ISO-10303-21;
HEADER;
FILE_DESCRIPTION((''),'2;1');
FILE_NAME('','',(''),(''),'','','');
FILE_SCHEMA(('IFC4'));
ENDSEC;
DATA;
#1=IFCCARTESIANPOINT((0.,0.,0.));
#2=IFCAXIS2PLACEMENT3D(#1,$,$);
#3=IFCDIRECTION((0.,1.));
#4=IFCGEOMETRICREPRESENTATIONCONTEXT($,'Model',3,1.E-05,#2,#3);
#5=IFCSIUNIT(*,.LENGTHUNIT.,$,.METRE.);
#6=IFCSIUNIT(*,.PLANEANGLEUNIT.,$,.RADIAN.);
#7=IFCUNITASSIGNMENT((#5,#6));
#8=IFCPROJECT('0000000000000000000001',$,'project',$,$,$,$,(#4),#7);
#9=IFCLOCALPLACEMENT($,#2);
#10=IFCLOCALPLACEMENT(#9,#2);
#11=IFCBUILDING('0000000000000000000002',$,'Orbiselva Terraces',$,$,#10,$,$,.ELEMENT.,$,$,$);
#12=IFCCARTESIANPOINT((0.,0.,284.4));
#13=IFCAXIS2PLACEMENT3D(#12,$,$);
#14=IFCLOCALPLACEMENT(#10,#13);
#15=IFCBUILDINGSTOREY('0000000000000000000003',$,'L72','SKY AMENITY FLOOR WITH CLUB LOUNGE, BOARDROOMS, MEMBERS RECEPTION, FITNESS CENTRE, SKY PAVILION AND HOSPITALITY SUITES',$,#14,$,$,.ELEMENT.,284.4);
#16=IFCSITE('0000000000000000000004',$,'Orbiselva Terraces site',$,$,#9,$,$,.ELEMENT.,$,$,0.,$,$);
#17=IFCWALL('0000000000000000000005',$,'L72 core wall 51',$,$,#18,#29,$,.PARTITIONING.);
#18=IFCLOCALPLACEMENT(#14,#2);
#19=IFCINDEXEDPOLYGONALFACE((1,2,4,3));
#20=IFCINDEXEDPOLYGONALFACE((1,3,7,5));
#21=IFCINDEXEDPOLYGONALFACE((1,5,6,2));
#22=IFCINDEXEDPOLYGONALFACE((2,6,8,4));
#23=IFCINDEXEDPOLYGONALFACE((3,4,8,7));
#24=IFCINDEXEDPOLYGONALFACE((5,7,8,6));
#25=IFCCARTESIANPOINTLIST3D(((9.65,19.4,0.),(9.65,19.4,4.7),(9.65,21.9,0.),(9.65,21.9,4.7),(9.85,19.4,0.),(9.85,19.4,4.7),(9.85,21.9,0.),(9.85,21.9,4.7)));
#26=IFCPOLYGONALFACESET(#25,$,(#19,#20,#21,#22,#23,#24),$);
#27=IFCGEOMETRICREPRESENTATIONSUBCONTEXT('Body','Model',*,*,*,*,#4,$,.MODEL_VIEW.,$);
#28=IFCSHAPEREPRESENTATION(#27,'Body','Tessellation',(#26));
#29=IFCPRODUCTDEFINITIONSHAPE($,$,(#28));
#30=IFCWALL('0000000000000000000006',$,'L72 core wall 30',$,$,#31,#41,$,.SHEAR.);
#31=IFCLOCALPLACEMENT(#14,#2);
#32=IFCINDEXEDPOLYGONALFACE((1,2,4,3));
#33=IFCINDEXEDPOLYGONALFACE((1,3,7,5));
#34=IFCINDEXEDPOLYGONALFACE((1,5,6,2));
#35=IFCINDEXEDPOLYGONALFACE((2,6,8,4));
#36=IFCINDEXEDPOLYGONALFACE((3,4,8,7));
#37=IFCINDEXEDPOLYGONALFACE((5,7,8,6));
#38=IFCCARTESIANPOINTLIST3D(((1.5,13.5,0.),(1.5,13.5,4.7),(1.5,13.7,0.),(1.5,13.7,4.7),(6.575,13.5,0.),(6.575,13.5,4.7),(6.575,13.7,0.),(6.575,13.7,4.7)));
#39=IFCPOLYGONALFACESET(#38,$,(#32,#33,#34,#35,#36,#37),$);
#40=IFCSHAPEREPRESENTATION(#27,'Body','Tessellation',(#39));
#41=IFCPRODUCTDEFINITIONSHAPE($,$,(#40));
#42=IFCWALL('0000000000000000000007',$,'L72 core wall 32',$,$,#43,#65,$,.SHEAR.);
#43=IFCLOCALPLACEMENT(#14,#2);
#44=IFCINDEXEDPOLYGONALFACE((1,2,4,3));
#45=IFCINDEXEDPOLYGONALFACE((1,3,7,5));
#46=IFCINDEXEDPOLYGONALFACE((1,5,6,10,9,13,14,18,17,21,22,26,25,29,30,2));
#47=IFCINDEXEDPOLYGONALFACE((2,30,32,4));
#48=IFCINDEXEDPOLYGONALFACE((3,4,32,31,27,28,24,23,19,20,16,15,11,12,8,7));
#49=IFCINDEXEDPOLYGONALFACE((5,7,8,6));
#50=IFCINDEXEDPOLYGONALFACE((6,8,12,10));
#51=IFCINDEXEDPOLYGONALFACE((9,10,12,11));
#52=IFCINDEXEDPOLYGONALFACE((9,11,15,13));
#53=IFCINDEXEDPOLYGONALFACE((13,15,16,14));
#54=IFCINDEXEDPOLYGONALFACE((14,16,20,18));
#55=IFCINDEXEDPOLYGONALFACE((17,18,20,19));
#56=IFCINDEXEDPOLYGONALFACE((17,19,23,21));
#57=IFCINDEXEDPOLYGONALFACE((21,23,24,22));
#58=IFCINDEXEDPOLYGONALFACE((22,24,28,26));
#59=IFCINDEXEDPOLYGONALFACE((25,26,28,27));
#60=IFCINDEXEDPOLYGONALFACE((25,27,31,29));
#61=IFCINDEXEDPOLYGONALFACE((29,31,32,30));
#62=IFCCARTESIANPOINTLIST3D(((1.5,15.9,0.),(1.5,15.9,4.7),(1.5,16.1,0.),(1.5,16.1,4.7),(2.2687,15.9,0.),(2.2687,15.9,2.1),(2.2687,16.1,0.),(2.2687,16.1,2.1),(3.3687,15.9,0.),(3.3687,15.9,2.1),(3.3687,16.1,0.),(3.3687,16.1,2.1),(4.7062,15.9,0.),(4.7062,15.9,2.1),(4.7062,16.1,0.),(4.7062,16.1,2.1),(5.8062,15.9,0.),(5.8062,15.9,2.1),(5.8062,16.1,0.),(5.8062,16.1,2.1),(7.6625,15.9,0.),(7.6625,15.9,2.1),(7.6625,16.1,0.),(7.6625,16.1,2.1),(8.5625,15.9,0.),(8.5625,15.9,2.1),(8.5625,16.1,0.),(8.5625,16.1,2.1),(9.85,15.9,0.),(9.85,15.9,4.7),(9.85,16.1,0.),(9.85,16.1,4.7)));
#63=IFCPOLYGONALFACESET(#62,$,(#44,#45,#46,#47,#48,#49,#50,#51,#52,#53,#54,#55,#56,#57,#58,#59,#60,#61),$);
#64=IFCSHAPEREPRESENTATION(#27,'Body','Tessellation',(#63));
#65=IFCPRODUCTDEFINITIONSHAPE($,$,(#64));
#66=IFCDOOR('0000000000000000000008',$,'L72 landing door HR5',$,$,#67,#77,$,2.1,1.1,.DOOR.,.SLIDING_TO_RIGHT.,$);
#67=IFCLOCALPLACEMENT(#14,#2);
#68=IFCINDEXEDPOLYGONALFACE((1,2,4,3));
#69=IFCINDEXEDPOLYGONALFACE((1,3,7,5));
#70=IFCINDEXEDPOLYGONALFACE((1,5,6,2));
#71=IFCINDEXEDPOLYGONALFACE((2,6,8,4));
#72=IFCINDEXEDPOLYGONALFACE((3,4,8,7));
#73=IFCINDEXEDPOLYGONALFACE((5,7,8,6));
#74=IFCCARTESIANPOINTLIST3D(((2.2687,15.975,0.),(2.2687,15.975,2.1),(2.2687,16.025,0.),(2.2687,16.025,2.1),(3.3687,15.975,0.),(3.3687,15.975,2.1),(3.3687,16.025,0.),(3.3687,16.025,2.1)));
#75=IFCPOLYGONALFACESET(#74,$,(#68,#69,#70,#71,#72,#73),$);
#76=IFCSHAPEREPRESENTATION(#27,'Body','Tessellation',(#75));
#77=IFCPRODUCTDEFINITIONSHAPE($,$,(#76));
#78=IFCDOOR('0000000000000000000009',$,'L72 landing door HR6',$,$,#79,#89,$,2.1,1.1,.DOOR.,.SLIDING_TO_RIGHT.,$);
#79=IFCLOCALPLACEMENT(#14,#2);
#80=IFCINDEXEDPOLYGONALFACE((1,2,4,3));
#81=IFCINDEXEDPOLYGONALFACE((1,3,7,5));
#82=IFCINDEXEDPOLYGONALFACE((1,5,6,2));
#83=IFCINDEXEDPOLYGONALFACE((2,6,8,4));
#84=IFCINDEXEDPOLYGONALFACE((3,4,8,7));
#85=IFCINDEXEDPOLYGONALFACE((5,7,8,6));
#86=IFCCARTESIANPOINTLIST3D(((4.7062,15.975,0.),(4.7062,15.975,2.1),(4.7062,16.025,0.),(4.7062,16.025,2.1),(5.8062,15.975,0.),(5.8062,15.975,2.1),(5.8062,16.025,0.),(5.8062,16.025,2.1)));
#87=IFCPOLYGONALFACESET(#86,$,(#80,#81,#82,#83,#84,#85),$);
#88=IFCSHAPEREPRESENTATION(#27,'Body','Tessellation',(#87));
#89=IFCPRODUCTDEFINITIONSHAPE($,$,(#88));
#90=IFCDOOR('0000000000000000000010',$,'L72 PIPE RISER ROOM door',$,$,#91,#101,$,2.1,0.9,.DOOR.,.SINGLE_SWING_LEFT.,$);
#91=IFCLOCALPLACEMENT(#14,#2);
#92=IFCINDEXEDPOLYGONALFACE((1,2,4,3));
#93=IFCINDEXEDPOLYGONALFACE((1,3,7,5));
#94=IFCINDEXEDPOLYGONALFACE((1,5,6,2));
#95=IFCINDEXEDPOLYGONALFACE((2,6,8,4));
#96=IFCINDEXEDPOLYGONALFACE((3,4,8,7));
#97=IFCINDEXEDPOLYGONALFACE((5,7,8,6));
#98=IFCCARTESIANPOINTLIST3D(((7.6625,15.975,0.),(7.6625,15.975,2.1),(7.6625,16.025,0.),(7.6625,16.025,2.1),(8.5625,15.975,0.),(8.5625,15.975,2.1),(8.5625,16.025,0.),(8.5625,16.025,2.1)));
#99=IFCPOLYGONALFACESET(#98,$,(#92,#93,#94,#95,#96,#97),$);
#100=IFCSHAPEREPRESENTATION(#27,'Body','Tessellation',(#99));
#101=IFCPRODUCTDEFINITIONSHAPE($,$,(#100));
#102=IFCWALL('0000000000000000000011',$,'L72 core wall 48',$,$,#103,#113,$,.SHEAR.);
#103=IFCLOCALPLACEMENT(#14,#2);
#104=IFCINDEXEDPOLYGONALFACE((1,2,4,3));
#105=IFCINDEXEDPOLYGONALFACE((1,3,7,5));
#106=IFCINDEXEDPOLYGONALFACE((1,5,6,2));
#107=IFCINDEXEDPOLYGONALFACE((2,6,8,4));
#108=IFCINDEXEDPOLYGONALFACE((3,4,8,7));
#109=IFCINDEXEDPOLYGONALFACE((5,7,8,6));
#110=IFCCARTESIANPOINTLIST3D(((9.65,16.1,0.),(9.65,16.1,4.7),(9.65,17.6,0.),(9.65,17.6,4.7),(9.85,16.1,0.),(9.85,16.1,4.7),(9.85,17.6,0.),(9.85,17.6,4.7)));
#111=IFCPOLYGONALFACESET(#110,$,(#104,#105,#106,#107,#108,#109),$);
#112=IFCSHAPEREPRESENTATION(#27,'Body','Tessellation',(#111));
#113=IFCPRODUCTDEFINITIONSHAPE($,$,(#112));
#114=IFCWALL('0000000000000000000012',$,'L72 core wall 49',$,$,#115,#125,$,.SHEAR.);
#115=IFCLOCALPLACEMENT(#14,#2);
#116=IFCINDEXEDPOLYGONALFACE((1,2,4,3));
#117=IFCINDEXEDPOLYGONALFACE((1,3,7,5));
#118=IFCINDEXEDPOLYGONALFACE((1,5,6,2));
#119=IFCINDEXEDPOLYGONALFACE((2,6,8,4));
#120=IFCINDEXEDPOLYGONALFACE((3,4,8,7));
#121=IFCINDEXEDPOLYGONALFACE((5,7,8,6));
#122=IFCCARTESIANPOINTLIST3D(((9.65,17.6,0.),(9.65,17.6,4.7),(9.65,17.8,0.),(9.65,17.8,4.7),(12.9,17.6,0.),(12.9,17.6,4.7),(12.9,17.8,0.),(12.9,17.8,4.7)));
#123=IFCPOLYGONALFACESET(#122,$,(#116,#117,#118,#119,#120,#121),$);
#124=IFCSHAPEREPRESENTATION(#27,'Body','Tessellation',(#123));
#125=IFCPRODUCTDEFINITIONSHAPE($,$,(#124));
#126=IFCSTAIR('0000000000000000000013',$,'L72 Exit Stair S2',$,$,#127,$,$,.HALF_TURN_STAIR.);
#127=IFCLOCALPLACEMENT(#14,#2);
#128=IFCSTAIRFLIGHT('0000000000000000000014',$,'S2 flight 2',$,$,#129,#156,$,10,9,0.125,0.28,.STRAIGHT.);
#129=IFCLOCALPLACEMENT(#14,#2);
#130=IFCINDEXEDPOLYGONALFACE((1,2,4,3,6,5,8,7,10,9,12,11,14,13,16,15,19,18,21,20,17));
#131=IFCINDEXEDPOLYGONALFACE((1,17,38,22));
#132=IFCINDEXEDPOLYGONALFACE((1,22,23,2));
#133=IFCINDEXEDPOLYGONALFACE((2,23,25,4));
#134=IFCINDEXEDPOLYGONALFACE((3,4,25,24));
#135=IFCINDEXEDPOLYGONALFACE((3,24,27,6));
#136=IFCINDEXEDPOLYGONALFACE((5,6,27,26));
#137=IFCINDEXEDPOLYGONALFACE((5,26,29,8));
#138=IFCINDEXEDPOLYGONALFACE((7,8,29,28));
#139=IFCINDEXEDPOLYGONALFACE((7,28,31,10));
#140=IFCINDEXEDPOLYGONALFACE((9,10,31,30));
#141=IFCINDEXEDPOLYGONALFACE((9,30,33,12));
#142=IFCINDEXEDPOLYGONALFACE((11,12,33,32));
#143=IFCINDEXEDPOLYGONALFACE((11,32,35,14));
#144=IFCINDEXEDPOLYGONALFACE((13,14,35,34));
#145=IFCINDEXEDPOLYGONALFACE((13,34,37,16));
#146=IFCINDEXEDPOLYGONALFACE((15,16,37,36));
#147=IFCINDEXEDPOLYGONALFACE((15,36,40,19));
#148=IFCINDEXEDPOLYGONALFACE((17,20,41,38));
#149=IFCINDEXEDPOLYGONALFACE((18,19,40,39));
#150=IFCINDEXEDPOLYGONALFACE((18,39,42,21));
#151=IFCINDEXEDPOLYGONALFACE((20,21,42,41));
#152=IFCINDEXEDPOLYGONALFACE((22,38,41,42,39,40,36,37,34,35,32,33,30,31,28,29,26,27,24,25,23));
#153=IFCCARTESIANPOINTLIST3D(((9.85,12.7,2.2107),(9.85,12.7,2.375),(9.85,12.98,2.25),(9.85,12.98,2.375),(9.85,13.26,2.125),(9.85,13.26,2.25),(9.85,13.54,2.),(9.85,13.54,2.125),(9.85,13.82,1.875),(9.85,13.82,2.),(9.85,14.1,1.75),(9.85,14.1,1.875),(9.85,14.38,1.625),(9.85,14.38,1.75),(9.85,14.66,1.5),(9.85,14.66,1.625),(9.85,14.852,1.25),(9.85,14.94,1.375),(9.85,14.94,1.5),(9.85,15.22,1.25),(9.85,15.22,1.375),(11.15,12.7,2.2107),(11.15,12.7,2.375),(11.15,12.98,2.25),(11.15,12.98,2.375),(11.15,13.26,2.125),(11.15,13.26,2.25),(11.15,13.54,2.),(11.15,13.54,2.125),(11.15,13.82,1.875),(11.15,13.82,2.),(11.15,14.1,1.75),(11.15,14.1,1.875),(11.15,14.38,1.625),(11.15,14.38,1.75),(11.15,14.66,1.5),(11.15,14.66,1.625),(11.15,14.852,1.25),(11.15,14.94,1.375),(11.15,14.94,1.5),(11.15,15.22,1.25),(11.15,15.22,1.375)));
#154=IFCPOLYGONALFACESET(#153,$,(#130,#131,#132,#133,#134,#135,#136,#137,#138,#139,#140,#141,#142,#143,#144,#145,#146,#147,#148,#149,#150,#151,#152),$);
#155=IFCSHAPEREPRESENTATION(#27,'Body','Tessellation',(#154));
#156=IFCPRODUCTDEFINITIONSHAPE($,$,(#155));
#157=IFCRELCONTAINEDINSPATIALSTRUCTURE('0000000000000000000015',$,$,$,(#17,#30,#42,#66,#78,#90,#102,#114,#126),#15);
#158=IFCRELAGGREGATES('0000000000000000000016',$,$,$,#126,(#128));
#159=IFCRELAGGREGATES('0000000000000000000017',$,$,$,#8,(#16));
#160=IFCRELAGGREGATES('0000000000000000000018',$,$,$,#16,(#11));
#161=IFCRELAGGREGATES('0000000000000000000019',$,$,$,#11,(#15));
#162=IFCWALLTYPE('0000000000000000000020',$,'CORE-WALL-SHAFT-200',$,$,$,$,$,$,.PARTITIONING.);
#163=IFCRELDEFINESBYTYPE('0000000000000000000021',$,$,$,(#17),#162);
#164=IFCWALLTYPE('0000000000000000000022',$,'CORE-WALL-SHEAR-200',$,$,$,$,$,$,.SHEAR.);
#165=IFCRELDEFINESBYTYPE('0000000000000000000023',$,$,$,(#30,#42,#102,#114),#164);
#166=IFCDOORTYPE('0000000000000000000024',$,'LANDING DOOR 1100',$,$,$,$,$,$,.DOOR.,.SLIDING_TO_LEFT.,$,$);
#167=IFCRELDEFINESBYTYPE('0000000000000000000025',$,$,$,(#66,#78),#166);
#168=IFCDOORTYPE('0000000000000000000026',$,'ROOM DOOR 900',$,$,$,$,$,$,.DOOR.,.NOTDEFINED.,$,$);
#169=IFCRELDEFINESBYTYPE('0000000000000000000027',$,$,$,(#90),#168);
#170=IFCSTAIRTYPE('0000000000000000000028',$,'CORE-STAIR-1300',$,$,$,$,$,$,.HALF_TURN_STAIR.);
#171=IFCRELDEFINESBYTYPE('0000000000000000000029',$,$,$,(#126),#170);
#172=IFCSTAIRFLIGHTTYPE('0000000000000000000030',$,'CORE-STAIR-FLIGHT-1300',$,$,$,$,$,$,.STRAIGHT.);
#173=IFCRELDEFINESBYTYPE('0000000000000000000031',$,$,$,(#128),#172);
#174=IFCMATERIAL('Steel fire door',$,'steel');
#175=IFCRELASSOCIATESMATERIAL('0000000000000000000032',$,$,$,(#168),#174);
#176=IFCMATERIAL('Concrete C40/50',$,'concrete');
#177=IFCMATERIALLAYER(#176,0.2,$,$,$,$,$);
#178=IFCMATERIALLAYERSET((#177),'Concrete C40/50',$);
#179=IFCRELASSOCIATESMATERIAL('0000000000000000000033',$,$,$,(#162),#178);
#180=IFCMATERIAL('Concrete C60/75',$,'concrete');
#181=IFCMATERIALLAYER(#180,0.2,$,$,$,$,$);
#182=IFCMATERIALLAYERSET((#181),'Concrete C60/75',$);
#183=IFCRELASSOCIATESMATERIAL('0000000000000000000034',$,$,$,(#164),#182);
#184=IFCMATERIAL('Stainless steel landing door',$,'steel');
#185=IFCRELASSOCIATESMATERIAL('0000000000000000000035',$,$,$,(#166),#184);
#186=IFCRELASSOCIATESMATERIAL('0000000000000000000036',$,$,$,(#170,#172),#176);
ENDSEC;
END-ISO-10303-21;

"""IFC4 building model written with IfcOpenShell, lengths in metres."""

from ifc_helpers import new_model, si_unit, direction, frame, frame_2d, origin, place, context, subcontext, project, spatial, polyline, rectangle, outline, extrude, material, layer, layer_set, type_object, element, fill, aggregate, save


model = new_model("IFC4")

# Units and contexts
model_context = context("Model", 3, precision=1e-05, world=origin(), true_north=direction((0.0, 1.0)))
body_context = subcontext(model_context, "Body", "Model", "MODEL_VIEW")
ifc_project = project(units=[si_unit("LENGTHUNIT", "METRE"), si_unit("PLANEANGLEUNIT", "RADIAN")], contexts=[model_context])

# Site, building, storey
site_placement = place(None, origin())
site = spatial("IfcSite", under=ifc_project, at=site_placement, Name="Orbiselva Terraces site", CompositionType="ELEMENT", RefElevation=0.0)
building_placement = place(site_placement, origin())
building = spatial("IfcBuilding", under=site, at=building_placement, Name="Orbiselva Terraces", CompositionType="ELEMENT")
storey_placement = place(building_placement, frame((0.0, 0.0, 284.4)))
storey = spatial("IfcBuildingStorey", under=building, at=storey_placement, Name="L72", Description="SKY AMENITY FLOOR WITH CLUB LOUNGE, BOARDROOMS, MEMBERS RECEPTION, FITNESS CENTRE, SKY PAVILION AND HOSPITALITY SUITES", CompositionType="ELEMENT", Elevation=284.4)

# Shared definitions
ifc_material_1 = material(Name="Steel fire door", Category="steel")
door_type_1 = type_object("IfcDoorType", Name="ROOM DOOR 900", OperationType="NOTDEFINED", PredefinedType="DOOR", material=ifc_material_1)

# Walls
ifc_material_2 = material(Name="Concrete C40/50", Category="concrete")
ifc_layer_1 = layer(ifc_material_2, 0.2)
ifc_layer_set_1 = layer_set([ifc_layer_1], Name="Concrete C40/50")
wall_type_1 = type_object("IfcWallType", Name="CORE-WALL-SHAFT-200", PredefinedType="PARTITIONING", material=ifc_layer_set_1)
for number, where, z_axis, x_axis, name in (
    (1, (9.75, 19.4, 0.0), (0.0, 0.0, 1.0), (0.0, 1.0, 0.0), "L72 core wall 51"),
):
    element("IfcWall", number, at=place(storey_placement, frame(where, z_axis=z_axis, x_axis=x_axis)), inside=storey, type_object=wall_type_1, Name=name, PredefinedType="PARTITIONING", context=body_context, shape_type="SweptSolid", body=[
        extrude(rectangle(XDim=2.5, YDim=0.2, at=frame_2d((1.25, 0.0))), origin(), (0.0, 0.0, 1.0), 4.7),
    ])
ifc_material_3 = material(Name="Concrete C60/75", Category="concrete")
ifc_layer_2 = layer(ifc_material_3, 0.2)
ifc_layer_set_2 = layer_set([ifc_layer_2], Name="Concrete C60/75")
wall_type_2 = type_object("IfcWallType", Name="CORE-WALL-SHEAR-200", PredefinedType="SHEAR", material=ifc_layer_set_2)
wall_1_placement = place(storey_placement, frame((1.5, 13.6, 0.0), z_axis=(0.0, 0.0, 1.0), x_axis=(1.0, 0.0, 0.0)))
element("IfcWall", 2, at=wall_1_placement, inside=storey, type_object=wall_type_2, Name="L72 core wall 30", PredefinedType="SHEAR", context=body_context, shape_type="SweptSolid", body=[
    extrude(rectangle(XDim=5.075, YDim=0.2, at=frame_2d((2.5375, 0.0))), origin(), (0.0, 0.0, 1.0), 4.7),
])

# Wall, openings, doors
wall_2_placement = place(storey_placement, frame((9.85, 16.0, 0.0), z_axis=(0.0, 0.0, 1.0), x_axis=(-1.0, 0.0, 0.0)))
wall_2 = element("IfcWall", 3, at=wall_2_placement, inside=storey, type_object=wall_type_2, Name="L72 core wall 32", PredefinedType="SHEAR", context=body_context, shape_type="SweptSolid", body=[
    extrude(rectangle(XDim=8.35, YDim=0.2, at=frame_2d((4.175, 0.0))), origin(), (0.0, 0.0, 1.0), 4.7),
])
opening_1_placement = place(wall_2_placement, frame((6.4813, 0.0, 0.0)))
opening_1 = element("IfcOpeningElement", 4, at=opening_1_placement, cuts=wall_2, PredefinedType="OPENING", context=body_context, shape_type="SweptSolid", body=[
    extrude(rectangle(XDim=1.1, YDim=2.1, at=frame_2d((0.55, 1.05))), frame((0.0, 0.11, 0.0), z_axis=(0.0, -1.0, 0.0), x_axis=(1.0, 0.0, 0.0)), (0.0, 0.0, 1.0), 0.22),
])
opening_2_placement = place(wall_2_placement, frame((4.0438, 0.0, 0.0)))
opening_2 = element("IfcOpeningElement", 5, at=opening_2_placement, cuts=wall_2, PredefinedType="OPENING", context=body_context, shape_type="SweptSolid", body=[
    extrude(rectangle(XDim=1.1, YDim=2.1, at=frame_2d((0.55, 1.05))), frame((0.0, 0.11, 0.0), z_axis=(0.0, -1.0, 0.0), x_axis=(1.0, 0.0, 0.0)), (0.0, 0.0, 1.0), 0.22),
])
opening_3_placement = place(wall_2_placement, frame((1.2875, 0.0, 0.0)))
opening_3 = element("IfcOpeningElement", 6, at=opening_3_placement, cuts=wall_2, PredefinedType="OPENING", context=body_context, shape_type="SweptSolid", body=[
    extrude(rectangle(XDim=0.9, YDim=2.1, at=frame_2d((0.45, 1.05))), frame((0.0, 0.11, 0.0), z_axis=(0.0, -1.0, 0.0), x_axis=(1.0, 0.0, 0.0)), (0.0, 0.0, 1.0), 0.22),
])
ifc_material_4 = material(Name="Stainless steel landing door", Category="steel")
door_type_2 = type_object("IfcDoorType", Name="LANDING DOOR 1100", OperationType="SLIDING_TO_LEFT", PredefinedType="DOOR", material=ifc_material_4)
door_1_placement = place(opening_1_placement, origin())
door_1 = element("IfcDoor", 7, at=door_1_placement, inside=storey, type_object=door_type_2, Name="L72 landing door HR5", OperationType="SLIDING_TO_RIGHT", OverallHeight=2.1, OverallWidth=1.1, PredefinedType="DOOR", context=body_context, shape_type="SweptSolid", body=[
    extrude(rectangle(XDim=1.1, YDim=2.1, at=frame_2d((0.55, 1.05))), frame((0.0, 0.025, 0.0), z_axis=(0.0, -1.0, 0.0), x_axis=(1.0, 0.0, 0.0)), (0.0, 0.0, 1.0), 0.05),
])
fill(opening_1, door_1)
door_2_placement = place(opening_2_placement, origin())
door_2 = element("IfcDoor", 8, at=door_2_placement, inside=storey, type_object=door_type_2, Name="L72 landing door HR6", OperationType="SLIDING_TO_RIGHT", OverallHeight=2.1, OverallWidth=1.1, PredefinedType="DOOR", context=body_context, shape_type="SweptSolid", body=[
    extrude(rectangle(XDim=1.1, YDim=2.1, at=frame_2d((0.55, 1.05))), frame((0.0, 0.025, 0.0), z_axis=(0.0, -1.0, 0.0), x_axis=(1.0, 0.0, 0.0)), (0.0, 0.0, 1.0), 0.05),
])
fill(opening_2, door_2)
door_3_placement = place(opening_3_placement, origin())
door_3 = element("IfcDoor", 9, at=door_3_placement, inside=storey, type_object=door_type_1, Name="L72 PIPE RISER ROOM door", OperationType="SINGLE_SWING_LEFT", OverallHeight=2.1, OverallWidth=0.9, PredefinedType="DOOR", context=body_context, shape_type="SweptSolid", body=[
    extrude(rectangle(XDim=0.9, YDim=2.1, at=frame_2d((0.45, 1.05))), frame((0.0, 0.025, 0.0), z_axis=(0.0, -1.0, 0.0), x_axis=(1.0, 0.0, 0.0)), (0.0, 0.0, 1.0), 0.05),
])
fill(opening_3, door_3)

# Walls
wall_3_placement = place(storey_placement, frame((9.75, 16.1, 0.0), z_axis=(0.0, 0.0, 1.0), x_axis=(0.0, 1.0, 0.0)))
element("IfcWall", 10, at=wall_3_placement, inside=storey, type_object=wall_type_2, Name="L72 core wall 48", PredefinedType="SHEAR", context=body_context, shape_type="SweptSolid", body=[
    extrude(rectangle(XDim=1.5, YDim=0.2, at=frame_2d((0.75, 0.0))), origin(), (0.0, 0.0, 1.0), 4.7),
])
wall_4_placement = place(storey_placement, frame((9.65, 17.7, 0.0), z_axis=(0.0, 0.0, 1.0), x_axis=(1.0, 0.0, 0.0)))
element("IfcWall", 11, at=wall_4_placement, inside=storey, type_object=wall_type_2, Name="L72 core wall 49", PredefinedType="SHEAR", context=body_context, shape_type="SweptSolid", body=[
    extrude(rectangle(XDim=3.25, YDim=0.2, at=frame_2d((1.625, 0.0))), origin(), (0.0, 0.0, 1.0), 4.7),
])

# Stair, stair flight
stair_type = type_object("IfcStairType", Name="CORE-STAIR-1300", PredefinedType="HALF_TURN_STAIR", material=ifc_material_2)
stair_placement = place(storey_placement, origin())
stair = element("IfcStair", 12, at=stair_placement, inside=storey, type_object=stair_type, Name="L72 Exit Stair S2", PredefinedType="HALF_TURN_STAIR")
stair_flight_type = type_object("IfcStairFlightType", Name="CORE-STAIR-FLIGHT-1300", PredefinedType="STRAIGHT", material=ifc_material_2)
stair_flight_1_placement = place(storey_placement, frame((10.5, 15.22, 1.25), z_axis=(0.0, 0.0, 1.0), x_axis=(0.0, -1.0, 0.0)))
stair_flight_1 = element("IfcStairFlight", 13, at=stair_flight_1_placement, type_object=stair_flight_type, Name="S2 flight 2", NumberOfRisers=10, NumberOfTreads=9, PredefinedType="STRAIGHT", RiserHeight=0.125, TreadLength=0.28, context=body_context, shape_type="SweptSolid", body=[
    extrude(outline(polyline([(0.0, 0.0), (0.0, 0.125), (0.28, 0.125), (0.28, 0.25), (0.56, 0.25), (0.56, 0.375), (0.84, 0.375), (0.84, 0.5), (1.12, 0.5), (1.12, 0.625), (1.4, 0.625), (1.4, 0.75), (1.68, 0.75), (1.68, 0.875), (1.96, 0.875), (1.96, 1.0), (2.24, 1.0), (2.24, 1.125), (2.52, 1.125), (2.52, 1.25), (2.52, 0.9607), (0.368, 0.0), (0.0, 0.0)])), frame((0.0, 0.65, 0.0), z_axis=(0.0, -1.0, 0.0), x_axis=(1.0, 0.0, 0.0)), (0.0, 0.0, 1.0), 1.3),
])
aggregate(stair, [stair_flight_1])

save(model, "model.ifc")
